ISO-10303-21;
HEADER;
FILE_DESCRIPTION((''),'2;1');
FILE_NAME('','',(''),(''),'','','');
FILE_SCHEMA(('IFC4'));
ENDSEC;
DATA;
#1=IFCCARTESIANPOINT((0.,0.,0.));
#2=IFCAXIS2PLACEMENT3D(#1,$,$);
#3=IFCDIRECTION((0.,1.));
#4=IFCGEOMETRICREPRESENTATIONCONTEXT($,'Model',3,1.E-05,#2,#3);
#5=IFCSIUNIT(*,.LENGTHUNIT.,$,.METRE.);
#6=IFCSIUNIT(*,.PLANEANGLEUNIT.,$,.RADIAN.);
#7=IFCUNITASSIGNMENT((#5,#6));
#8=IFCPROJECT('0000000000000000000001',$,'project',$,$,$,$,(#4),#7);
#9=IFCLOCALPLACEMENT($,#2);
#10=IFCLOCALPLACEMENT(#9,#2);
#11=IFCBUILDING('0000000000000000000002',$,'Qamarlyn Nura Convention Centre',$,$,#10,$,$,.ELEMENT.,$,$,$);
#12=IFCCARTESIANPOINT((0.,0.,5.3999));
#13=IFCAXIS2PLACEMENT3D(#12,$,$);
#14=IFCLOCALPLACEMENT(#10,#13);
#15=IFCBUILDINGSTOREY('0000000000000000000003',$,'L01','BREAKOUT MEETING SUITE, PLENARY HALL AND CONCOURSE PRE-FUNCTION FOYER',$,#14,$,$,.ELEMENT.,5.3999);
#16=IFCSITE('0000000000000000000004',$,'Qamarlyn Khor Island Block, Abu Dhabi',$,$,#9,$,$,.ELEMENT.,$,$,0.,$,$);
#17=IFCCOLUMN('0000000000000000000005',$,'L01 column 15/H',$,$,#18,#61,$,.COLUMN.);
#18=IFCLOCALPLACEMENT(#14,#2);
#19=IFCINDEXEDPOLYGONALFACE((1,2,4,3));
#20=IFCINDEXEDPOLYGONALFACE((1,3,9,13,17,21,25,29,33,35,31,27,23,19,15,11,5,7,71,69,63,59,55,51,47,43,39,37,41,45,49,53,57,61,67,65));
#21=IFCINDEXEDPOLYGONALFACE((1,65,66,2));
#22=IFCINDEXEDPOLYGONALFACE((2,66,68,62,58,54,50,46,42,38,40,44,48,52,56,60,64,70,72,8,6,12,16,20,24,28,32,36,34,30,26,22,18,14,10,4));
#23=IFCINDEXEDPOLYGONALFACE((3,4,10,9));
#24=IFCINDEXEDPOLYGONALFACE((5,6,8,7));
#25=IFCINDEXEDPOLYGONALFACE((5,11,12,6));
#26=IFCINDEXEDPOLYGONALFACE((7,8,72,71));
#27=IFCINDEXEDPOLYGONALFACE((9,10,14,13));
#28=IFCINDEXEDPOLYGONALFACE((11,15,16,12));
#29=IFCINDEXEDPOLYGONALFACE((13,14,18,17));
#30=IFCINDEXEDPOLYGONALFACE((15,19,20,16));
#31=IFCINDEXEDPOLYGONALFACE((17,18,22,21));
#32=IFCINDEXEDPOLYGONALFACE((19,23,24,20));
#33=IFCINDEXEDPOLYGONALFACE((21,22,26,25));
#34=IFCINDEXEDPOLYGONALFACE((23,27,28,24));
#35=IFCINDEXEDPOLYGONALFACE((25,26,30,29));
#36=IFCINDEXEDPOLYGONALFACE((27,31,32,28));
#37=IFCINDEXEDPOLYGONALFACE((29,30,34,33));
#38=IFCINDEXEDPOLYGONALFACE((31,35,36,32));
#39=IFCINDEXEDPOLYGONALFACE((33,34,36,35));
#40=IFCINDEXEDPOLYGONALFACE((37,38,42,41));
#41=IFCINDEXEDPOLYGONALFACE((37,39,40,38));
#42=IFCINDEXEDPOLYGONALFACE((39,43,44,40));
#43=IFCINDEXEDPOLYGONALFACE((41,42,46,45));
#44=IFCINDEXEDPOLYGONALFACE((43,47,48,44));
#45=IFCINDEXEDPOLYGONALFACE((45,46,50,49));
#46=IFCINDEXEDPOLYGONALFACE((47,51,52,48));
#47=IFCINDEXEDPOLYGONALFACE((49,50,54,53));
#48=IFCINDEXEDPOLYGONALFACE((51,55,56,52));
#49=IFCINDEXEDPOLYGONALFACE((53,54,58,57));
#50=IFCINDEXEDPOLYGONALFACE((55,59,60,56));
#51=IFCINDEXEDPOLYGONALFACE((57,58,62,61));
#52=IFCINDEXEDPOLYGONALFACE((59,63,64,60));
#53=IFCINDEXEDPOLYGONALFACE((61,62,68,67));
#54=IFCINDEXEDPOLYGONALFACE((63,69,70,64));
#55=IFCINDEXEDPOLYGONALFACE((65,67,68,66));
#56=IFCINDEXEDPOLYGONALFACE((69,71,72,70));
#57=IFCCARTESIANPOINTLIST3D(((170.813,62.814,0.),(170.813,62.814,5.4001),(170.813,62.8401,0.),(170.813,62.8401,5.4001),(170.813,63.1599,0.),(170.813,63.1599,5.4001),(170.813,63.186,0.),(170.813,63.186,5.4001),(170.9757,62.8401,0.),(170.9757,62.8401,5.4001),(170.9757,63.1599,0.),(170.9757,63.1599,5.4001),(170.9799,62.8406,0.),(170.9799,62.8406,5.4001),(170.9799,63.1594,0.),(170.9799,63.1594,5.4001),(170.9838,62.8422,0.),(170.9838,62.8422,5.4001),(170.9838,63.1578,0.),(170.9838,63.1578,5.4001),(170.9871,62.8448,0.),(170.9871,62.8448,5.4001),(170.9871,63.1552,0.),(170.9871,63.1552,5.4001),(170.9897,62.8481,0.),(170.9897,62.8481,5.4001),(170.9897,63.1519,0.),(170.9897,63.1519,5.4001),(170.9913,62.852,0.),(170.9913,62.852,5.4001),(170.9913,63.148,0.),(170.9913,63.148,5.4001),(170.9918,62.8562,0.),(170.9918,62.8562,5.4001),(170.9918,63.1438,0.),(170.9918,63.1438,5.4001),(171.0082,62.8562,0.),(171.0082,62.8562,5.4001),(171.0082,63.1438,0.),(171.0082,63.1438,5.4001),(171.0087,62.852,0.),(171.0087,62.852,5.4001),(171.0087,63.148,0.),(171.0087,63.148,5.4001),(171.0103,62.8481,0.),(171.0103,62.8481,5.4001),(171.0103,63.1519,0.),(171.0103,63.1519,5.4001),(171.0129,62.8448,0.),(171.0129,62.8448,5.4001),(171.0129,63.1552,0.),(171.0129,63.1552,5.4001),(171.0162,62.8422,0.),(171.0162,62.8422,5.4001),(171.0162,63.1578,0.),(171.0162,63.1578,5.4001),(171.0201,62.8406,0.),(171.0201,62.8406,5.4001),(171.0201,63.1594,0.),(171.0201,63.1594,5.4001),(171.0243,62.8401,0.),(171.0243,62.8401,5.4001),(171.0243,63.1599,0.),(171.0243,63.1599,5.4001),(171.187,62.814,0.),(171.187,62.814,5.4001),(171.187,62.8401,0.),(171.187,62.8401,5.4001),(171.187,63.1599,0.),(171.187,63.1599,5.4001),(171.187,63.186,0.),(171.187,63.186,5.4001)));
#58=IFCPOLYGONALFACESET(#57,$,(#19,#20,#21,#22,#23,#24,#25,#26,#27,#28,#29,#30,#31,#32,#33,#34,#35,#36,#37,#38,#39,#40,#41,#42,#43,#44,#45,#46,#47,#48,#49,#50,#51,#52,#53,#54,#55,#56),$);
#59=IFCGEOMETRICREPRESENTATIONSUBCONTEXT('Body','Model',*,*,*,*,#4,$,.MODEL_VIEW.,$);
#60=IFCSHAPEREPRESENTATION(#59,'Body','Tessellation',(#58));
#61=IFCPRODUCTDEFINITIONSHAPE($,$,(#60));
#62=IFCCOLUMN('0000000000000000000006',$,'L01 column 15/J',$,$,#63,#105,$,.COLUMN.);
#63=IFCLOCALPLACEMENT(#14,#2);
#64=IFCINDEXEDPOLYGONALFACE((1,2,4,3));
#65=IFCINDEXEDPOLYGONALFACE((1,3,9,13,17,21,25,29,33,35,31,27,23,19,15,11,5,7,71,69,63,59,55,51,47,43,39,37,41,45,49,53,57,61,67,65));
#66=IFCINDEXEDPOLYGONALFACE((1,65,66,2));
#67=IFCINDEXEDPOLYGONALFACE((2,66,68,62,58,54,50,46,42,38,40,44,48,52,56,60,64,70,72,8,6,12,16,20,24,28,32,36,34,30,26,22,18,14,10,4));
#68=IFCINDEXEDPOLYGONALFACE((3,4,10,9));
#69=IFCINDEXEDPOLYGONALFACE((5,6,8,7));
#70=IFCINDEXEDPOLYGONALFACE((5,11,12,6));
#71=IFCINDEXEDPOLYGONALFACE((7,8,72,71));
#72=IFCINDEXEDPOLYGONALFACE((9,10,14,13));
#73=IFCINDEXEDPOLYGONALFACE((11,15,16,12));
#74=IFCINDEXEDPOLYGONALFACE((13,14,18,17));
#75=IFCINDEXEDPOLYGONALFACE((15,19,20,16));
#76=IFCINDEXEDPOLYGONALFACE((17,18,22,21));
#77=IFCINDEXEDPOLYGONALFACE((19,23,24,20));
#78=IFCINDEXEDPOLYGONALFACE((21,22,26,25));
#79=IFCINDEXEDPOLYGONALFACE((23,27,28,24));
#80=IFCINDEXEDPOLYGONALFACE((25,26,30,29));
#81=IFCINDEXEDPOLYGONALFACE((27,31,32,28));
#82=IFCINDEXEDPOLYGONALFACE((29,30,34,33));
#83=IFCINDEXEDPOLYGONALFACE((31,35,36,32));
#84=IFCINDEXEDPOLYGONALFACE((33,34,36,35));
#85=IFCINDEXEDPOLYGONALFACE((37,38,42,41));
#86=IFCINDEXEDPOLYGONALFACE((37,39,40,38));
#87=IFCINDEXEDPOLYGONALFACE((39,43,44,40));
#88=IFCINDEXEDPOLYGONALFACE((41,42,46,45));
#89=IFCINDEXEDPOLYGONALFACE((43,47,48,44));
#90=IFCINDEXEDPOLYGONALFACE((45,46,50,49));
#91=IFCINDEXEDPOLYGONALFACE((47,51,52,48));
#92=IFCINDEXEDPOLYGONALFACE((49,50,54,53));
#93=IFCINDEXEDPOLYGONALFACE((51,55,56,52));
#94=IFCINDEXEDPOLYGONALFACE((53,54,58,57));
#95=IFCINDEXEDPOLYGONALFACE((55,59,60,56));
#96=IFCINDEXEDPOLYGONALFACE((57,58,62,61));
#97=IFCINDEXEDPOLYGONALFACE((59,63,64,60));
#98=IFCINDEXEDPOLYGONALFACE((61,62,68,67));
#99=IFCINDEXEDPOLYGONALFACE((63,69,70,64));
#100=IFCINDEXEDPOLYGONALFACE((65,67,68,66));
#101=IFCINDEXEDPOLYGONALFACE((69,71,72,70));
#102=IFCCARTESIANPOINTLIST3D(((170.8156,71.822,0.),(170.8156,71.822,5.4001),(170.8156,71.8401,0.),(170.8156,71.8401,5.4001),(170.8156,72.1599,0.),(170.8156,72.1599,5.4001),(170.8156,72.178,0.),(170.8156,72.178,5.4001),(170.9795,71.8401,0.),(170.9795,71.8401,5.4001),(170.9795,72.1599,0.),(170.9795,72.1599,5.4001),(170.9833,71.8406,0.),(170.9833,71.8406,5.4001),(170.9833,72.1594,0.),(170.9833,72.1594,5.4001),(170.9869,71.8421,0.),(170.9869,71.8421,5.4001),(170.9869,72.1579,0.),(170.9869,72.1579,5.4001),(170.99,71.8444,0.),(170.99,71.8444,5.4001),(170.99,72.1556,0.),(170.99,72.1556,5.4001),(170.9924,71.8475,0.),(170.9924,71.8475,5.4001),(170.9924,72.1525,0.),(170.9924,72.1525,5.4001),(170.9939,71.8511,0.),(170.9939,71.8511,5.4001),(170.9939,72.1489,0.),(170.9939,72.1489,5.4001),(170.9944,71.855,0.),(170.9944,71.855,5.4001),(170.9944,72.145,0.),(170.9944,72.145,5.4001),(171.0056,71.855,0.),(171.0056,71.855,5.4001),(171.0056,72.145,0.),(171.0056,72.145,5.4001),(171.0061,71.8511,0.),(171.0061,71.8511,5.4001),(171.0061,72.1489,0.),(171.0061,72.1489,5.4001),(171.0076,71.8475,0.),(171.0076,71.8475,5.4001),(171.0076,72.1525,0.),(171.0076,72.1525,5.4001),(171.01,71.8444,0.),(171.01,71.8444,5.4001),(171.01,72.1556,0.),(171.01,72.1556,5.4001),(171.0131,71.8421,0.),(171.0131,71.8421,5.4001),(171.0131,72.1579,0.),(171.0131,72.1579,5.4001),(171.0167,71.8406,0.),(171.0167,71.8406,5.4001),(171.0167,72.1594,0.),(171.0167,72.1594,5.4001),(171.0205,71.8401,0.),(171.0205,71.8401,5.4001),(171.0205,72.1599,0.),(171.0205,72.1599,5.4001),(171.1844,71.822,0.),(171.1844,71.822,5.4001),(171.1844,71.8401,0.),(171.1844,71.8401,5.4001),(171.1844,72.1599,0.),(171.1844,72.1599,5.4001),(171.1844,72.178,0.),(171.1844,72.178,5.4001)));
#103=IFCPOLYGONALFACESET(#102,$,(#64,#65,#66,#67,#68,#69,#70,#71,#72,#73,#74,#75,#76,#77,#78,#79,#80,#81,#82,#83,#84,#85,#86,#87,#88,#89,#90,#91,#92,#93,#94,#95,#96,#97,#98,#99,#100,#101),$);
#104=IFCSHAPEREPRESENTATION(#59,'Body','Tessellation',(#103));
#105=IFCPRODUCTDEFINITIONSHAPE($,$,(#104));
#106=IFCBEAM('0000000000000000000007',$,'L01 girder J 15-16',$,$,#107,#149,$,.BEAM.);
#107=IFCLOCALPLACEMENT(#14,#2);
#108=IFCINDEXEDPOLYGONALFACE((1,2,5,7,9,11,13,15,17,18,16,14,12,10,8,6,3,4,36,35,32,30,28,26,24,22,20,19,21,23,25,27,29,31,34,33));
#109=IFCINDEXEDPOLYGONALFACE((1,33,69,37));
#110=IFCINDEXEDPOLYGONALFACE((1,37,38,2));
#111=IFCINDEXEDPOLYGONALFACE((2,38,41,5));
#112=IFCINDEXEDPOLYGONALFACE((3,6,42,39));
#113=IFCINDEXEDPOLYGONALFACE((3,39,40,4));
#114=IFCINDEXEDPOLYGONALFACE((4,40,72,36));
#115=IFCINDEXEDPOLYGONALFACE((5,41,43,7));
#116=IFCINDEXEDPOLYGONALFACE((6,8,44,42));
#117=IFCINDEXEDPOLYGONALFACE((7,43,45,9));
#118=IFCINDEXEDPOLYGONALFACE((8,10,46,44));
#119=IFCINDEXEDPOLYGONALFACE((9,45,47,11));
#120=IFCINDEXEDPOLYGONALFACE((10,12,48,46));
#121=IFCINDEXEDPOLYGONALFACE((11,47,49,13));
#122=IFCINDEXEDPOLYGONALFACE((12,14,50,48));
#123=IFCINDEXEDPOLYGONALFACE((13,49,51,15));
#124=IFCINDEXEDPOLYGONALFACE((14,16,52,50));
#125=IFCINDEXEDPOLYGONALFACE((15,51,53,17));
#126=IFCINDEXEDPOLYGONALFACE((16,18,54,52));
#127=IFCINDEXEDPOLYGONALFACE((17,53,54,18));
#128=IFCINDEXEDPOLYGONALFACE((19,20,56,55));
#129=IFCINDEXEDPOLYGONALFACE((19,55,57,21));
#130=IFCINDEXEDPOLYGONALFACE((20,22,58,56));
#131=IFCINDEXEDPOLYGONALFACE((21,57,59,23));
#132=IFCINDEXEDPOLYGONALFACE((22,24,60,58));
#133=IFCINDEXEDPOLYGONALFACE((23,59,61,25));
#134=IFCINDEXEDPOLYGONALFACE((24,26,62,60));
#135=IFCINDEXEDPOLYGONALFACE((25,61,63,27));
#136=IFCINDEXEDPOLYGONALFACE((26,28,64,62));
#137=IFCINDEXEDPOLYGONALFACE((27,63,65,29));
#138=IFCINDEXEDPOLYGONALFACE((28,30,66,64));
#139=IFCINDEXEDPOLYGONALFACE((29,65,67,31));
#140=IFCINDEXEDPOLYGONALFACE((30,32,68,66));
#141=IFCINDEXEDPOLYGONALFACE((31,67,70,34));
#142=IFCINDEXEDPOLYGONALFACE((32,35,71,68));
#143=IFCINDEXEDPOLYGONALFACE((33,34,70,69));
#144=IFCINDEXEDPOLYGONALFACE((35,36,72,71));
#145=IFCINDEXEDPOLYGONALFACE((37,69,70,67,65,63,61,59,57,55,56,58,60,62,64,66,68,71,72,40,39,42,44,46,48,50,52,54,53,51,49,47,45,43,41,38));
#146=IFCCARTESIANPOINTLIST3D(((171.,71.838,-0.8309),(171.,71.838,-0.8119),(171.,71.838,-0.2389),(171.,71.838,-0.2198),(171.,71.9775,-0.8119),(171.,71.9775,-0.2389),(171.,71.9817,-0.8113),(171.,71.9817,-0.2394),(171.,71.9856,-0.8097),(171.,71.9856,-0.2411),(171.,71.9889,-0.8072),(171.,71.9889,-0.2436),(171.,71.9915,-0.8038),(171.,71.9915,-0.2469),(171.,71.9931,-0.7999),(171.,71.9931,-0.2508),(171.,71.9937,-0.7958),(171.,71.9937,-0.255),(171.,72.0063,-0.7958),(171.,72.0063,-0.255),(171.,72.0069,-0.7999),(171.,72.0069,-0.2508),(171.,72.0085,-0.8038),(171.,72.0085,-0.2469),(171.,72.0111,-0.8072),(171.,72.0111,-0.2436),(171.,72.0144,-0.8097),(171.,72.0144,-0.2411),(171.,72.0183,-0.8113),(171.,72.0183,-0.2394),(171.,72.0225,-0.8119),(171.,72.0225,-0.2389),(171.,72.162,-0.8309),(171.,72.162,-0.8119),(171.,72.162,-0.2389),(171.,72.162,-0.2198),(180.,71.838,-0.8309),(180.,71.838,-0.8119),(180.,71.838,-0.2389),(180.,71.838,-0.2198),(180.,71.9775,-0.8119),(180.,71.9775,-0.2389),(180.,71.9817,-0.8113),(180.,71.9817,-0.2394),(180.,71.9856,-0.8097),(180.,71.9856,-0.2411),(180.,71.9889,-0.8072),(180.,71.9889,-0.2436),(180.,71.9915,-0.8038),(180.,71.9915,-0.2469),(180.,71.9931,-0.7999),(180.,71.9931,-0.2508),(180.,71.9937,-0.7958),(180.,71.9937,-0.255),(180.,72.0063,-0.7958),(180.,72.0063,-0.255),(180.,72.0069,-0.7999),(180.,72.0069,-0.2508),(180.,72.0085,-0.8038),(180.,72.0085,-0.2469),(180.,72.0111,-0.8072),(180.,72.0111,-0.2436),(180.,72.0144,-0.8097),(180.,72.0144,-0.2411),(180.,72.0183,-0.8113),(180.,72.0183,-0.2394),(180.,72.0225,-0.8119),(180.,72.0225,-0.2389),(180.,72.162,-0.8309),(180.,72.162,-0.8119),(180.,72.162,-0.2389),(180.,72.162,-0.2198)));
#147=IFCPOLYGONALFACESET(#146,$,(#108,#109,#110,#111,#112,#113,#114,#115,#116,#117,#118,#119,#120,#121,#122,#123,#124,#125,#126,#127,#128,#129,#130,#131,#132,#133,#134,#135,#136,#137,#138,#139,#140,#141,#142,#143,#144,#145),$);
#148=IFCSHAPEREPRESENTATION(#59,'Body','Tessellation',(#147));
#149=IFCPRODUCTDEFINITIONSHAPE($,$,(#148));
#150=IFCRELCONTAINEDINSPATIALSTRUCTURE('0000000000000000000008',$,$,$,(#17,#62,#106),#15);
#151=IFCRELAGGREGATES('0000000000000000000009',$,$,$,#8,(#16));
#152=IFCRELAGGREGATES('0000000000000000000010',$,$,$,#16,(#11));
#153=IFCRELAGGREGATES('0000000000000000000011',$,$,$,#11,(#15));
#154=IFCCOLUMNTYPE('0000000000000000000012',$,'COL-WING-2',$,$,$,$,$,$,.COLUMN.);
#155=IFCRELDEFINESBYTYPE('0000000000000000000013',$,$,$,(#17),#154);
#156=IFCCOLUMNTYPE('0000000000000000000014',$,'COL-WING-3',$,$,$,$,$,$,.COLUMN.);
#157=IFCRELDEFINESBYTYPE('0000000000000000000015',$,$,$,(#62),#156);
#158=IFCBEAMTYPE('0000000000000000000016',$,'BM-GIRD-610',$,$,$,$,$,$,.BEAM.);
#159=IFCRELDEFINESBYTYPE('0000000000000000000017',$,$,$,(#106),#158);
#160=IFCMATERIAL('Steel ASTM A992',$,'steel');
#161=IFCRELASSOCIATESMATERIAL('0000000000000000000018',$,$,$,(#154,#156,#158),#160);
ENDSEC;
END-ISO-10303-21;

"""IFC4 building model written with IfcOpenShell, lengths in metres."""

from ifc_helpers import new_model, si_unit, direction, frame, origin, origin_2d, place, context, subcontext, project, spatial, i_section, extrude, material, material_profile, profile_set, type_object, element, save


model = new_model("IFC4")

# Units and contexts
model_context = context("Model", 3, precision=1e-05, world=origin(), true_north=direction((0.0, 1.0)))
body_context = subcontext(model_context, "Body", "Model", "MODEL_VIEW")
ifc_project = project(units=[si_unit("LENGTHUNIT", "METRE"), si_unit("PLANEANGLEUNIT", "RADIAN")], contexts=[model_context])

# Site, building, storey
site_placement = place(None, origin())
site = spatial("IfcSite", under=ifc_project, at=site_placement, Name="Qamarlyn Khor Island Block, Abu Dhabi", CompositionType="ELEMENT", RefElevation=0.0)
building_placement = place(site_placement, origin())
building = spatial("IfcBuilding", under=site, at=building_placement, Name="Qamarlyn Nura Convention Centre", CompositionType="ELEMENT")
storey_placement = place(building_placement, frame((0.0, 0.0, 5.3999)))
storey = spatial("IfcBuildingStorey", under=building, at=storey_placement, Name="L01", Description="BREAKOUT MEETING SUITE, PLENARY HALL AND CONCOURSE PRE-FUNCTION FOYER", CompositionType="ELEMENT", Elevation=5.3999)

# Columns
ifc_material_1 = material(Name="Steel ASTM A992", Category="steel")
ifc_material_profile_1 = material_profile(ifc_material_1, i_section(OverallWidth=0.374, OverallDepth=0.3721, WebThickness=0.0164, FlangeThickness=0.0261, FilletRadius=0.0161, at=origin_2d()), Name="W360X196")
ifc_profile_set_1 = profile_set([ifc_material_profile_1], Name="Steel ASTM A992")
column_type_1 = type_object("IfcColumnType", Name="COL-WING-2", PredefinedType="COLUMN", material=ifc_profile_set_1)
column_1_placement = place(storey_placement, frame((171.0, 63.0, 0.0), z_axis=(0.0, 0.0, 1.0), x_axis=(1.0, 0.0, 0.0)))
element("IfcColumn", 1, at=column_1_placement, inside=storey, type_object=column_type_1, Name="L01 column 15/H", PredefinedType="COLUMN", context=body_context, shape_type="SweptSolid", body=[
    extrude(i_section(OverallWidth=0.374, OverallDepth=0.3721, WebThickness=0.0164, FlangeThickness=0.0261, FilletRadius=0.0161, at=origin_2d()), origin(), (0.0, 0.0, 1.0), 5.4001),
])
ifc_material_profile_2 = material_profile(ifc_material_1, i_section(OverallWidth=0.3689, OverallDepth=0.356, WebThickness=0.0112, FlangeThickness=0.0181, FilletRadius=0.0149, at=origin_2d()), Name="W360X134")
ifc_profile_set_2 = profile_set([ifc_material_profile_2], Name="Steel ASTM A992")
column_type_2 = type_object("IfcColumnType", Name="COL-WING-3", PredefinedType="COLUMN", material=ifc_profile_set_2)
column_2_placement = place(storey_placement, frame((171.0, 72.0, 0.0), z_axis=(0.0, 0.0, 1.0), x_axis=(1.0, 0.0, 0.0)))
element("IfcColumn", 2, at=column_2_placement, inside=storey, type_object=column_type_2, Name="L01 column 15/J", PredefinedType="COLUMN", context=body_context, shape_type="SweptSolid", body=[
    extrude(i_section(OverallWidth=0.3689, OverallDepth=0.356, WebThickness=0.0112, FlangeThickness=0.0181, FilletRadius=0.0149, at=origin_2d()), origin(), (0.0, 0.0, 1.0), 5.4001),
])

# Beam
ifc_material_profile_3 = material_profile(ifc_material_1, i_section(OverallWidth=0.324, OverallDepth=0.6111, WebThickness=0.0127, FlangeThickness=0.019, FilletRadius=0.0161, at=origin_2d()), Name="W610X155")
ifc_profile_set_3 = profile_set([ifc_material_profile_3], Name="Steel ASTM A992")
beam_type_1 = type_object("IfcBeamType", Name="BM-GIRD-610", PredefinedType="BEAM", material=ifc_profile_set_3)
beam_placement = place(storey_placement, frame((171.0, 72.0, -0.5254), z_axis=(1.0, 0.0, 0.0), x_axis=(0.0, 1.0, 0.0)))
element("IfcBeam", 3, at=beam_placement, inside=storey, type_object=beam_type_1, Name="L01 girder J 15-16", PredefinedType="BEAM", context=body_context, shape_type="SweptSolid", body=[
    extrude(i_section(OverallWidth=0.324, OverallDepth=0.6111, WebThickness=0.0127, FlangeThickness=0.019, FilletRadius=0.0161, at=origin_2d()), origin(), (0.0, 0.0, 1.0), 9.0),
])

save(model, "model.ifc")
